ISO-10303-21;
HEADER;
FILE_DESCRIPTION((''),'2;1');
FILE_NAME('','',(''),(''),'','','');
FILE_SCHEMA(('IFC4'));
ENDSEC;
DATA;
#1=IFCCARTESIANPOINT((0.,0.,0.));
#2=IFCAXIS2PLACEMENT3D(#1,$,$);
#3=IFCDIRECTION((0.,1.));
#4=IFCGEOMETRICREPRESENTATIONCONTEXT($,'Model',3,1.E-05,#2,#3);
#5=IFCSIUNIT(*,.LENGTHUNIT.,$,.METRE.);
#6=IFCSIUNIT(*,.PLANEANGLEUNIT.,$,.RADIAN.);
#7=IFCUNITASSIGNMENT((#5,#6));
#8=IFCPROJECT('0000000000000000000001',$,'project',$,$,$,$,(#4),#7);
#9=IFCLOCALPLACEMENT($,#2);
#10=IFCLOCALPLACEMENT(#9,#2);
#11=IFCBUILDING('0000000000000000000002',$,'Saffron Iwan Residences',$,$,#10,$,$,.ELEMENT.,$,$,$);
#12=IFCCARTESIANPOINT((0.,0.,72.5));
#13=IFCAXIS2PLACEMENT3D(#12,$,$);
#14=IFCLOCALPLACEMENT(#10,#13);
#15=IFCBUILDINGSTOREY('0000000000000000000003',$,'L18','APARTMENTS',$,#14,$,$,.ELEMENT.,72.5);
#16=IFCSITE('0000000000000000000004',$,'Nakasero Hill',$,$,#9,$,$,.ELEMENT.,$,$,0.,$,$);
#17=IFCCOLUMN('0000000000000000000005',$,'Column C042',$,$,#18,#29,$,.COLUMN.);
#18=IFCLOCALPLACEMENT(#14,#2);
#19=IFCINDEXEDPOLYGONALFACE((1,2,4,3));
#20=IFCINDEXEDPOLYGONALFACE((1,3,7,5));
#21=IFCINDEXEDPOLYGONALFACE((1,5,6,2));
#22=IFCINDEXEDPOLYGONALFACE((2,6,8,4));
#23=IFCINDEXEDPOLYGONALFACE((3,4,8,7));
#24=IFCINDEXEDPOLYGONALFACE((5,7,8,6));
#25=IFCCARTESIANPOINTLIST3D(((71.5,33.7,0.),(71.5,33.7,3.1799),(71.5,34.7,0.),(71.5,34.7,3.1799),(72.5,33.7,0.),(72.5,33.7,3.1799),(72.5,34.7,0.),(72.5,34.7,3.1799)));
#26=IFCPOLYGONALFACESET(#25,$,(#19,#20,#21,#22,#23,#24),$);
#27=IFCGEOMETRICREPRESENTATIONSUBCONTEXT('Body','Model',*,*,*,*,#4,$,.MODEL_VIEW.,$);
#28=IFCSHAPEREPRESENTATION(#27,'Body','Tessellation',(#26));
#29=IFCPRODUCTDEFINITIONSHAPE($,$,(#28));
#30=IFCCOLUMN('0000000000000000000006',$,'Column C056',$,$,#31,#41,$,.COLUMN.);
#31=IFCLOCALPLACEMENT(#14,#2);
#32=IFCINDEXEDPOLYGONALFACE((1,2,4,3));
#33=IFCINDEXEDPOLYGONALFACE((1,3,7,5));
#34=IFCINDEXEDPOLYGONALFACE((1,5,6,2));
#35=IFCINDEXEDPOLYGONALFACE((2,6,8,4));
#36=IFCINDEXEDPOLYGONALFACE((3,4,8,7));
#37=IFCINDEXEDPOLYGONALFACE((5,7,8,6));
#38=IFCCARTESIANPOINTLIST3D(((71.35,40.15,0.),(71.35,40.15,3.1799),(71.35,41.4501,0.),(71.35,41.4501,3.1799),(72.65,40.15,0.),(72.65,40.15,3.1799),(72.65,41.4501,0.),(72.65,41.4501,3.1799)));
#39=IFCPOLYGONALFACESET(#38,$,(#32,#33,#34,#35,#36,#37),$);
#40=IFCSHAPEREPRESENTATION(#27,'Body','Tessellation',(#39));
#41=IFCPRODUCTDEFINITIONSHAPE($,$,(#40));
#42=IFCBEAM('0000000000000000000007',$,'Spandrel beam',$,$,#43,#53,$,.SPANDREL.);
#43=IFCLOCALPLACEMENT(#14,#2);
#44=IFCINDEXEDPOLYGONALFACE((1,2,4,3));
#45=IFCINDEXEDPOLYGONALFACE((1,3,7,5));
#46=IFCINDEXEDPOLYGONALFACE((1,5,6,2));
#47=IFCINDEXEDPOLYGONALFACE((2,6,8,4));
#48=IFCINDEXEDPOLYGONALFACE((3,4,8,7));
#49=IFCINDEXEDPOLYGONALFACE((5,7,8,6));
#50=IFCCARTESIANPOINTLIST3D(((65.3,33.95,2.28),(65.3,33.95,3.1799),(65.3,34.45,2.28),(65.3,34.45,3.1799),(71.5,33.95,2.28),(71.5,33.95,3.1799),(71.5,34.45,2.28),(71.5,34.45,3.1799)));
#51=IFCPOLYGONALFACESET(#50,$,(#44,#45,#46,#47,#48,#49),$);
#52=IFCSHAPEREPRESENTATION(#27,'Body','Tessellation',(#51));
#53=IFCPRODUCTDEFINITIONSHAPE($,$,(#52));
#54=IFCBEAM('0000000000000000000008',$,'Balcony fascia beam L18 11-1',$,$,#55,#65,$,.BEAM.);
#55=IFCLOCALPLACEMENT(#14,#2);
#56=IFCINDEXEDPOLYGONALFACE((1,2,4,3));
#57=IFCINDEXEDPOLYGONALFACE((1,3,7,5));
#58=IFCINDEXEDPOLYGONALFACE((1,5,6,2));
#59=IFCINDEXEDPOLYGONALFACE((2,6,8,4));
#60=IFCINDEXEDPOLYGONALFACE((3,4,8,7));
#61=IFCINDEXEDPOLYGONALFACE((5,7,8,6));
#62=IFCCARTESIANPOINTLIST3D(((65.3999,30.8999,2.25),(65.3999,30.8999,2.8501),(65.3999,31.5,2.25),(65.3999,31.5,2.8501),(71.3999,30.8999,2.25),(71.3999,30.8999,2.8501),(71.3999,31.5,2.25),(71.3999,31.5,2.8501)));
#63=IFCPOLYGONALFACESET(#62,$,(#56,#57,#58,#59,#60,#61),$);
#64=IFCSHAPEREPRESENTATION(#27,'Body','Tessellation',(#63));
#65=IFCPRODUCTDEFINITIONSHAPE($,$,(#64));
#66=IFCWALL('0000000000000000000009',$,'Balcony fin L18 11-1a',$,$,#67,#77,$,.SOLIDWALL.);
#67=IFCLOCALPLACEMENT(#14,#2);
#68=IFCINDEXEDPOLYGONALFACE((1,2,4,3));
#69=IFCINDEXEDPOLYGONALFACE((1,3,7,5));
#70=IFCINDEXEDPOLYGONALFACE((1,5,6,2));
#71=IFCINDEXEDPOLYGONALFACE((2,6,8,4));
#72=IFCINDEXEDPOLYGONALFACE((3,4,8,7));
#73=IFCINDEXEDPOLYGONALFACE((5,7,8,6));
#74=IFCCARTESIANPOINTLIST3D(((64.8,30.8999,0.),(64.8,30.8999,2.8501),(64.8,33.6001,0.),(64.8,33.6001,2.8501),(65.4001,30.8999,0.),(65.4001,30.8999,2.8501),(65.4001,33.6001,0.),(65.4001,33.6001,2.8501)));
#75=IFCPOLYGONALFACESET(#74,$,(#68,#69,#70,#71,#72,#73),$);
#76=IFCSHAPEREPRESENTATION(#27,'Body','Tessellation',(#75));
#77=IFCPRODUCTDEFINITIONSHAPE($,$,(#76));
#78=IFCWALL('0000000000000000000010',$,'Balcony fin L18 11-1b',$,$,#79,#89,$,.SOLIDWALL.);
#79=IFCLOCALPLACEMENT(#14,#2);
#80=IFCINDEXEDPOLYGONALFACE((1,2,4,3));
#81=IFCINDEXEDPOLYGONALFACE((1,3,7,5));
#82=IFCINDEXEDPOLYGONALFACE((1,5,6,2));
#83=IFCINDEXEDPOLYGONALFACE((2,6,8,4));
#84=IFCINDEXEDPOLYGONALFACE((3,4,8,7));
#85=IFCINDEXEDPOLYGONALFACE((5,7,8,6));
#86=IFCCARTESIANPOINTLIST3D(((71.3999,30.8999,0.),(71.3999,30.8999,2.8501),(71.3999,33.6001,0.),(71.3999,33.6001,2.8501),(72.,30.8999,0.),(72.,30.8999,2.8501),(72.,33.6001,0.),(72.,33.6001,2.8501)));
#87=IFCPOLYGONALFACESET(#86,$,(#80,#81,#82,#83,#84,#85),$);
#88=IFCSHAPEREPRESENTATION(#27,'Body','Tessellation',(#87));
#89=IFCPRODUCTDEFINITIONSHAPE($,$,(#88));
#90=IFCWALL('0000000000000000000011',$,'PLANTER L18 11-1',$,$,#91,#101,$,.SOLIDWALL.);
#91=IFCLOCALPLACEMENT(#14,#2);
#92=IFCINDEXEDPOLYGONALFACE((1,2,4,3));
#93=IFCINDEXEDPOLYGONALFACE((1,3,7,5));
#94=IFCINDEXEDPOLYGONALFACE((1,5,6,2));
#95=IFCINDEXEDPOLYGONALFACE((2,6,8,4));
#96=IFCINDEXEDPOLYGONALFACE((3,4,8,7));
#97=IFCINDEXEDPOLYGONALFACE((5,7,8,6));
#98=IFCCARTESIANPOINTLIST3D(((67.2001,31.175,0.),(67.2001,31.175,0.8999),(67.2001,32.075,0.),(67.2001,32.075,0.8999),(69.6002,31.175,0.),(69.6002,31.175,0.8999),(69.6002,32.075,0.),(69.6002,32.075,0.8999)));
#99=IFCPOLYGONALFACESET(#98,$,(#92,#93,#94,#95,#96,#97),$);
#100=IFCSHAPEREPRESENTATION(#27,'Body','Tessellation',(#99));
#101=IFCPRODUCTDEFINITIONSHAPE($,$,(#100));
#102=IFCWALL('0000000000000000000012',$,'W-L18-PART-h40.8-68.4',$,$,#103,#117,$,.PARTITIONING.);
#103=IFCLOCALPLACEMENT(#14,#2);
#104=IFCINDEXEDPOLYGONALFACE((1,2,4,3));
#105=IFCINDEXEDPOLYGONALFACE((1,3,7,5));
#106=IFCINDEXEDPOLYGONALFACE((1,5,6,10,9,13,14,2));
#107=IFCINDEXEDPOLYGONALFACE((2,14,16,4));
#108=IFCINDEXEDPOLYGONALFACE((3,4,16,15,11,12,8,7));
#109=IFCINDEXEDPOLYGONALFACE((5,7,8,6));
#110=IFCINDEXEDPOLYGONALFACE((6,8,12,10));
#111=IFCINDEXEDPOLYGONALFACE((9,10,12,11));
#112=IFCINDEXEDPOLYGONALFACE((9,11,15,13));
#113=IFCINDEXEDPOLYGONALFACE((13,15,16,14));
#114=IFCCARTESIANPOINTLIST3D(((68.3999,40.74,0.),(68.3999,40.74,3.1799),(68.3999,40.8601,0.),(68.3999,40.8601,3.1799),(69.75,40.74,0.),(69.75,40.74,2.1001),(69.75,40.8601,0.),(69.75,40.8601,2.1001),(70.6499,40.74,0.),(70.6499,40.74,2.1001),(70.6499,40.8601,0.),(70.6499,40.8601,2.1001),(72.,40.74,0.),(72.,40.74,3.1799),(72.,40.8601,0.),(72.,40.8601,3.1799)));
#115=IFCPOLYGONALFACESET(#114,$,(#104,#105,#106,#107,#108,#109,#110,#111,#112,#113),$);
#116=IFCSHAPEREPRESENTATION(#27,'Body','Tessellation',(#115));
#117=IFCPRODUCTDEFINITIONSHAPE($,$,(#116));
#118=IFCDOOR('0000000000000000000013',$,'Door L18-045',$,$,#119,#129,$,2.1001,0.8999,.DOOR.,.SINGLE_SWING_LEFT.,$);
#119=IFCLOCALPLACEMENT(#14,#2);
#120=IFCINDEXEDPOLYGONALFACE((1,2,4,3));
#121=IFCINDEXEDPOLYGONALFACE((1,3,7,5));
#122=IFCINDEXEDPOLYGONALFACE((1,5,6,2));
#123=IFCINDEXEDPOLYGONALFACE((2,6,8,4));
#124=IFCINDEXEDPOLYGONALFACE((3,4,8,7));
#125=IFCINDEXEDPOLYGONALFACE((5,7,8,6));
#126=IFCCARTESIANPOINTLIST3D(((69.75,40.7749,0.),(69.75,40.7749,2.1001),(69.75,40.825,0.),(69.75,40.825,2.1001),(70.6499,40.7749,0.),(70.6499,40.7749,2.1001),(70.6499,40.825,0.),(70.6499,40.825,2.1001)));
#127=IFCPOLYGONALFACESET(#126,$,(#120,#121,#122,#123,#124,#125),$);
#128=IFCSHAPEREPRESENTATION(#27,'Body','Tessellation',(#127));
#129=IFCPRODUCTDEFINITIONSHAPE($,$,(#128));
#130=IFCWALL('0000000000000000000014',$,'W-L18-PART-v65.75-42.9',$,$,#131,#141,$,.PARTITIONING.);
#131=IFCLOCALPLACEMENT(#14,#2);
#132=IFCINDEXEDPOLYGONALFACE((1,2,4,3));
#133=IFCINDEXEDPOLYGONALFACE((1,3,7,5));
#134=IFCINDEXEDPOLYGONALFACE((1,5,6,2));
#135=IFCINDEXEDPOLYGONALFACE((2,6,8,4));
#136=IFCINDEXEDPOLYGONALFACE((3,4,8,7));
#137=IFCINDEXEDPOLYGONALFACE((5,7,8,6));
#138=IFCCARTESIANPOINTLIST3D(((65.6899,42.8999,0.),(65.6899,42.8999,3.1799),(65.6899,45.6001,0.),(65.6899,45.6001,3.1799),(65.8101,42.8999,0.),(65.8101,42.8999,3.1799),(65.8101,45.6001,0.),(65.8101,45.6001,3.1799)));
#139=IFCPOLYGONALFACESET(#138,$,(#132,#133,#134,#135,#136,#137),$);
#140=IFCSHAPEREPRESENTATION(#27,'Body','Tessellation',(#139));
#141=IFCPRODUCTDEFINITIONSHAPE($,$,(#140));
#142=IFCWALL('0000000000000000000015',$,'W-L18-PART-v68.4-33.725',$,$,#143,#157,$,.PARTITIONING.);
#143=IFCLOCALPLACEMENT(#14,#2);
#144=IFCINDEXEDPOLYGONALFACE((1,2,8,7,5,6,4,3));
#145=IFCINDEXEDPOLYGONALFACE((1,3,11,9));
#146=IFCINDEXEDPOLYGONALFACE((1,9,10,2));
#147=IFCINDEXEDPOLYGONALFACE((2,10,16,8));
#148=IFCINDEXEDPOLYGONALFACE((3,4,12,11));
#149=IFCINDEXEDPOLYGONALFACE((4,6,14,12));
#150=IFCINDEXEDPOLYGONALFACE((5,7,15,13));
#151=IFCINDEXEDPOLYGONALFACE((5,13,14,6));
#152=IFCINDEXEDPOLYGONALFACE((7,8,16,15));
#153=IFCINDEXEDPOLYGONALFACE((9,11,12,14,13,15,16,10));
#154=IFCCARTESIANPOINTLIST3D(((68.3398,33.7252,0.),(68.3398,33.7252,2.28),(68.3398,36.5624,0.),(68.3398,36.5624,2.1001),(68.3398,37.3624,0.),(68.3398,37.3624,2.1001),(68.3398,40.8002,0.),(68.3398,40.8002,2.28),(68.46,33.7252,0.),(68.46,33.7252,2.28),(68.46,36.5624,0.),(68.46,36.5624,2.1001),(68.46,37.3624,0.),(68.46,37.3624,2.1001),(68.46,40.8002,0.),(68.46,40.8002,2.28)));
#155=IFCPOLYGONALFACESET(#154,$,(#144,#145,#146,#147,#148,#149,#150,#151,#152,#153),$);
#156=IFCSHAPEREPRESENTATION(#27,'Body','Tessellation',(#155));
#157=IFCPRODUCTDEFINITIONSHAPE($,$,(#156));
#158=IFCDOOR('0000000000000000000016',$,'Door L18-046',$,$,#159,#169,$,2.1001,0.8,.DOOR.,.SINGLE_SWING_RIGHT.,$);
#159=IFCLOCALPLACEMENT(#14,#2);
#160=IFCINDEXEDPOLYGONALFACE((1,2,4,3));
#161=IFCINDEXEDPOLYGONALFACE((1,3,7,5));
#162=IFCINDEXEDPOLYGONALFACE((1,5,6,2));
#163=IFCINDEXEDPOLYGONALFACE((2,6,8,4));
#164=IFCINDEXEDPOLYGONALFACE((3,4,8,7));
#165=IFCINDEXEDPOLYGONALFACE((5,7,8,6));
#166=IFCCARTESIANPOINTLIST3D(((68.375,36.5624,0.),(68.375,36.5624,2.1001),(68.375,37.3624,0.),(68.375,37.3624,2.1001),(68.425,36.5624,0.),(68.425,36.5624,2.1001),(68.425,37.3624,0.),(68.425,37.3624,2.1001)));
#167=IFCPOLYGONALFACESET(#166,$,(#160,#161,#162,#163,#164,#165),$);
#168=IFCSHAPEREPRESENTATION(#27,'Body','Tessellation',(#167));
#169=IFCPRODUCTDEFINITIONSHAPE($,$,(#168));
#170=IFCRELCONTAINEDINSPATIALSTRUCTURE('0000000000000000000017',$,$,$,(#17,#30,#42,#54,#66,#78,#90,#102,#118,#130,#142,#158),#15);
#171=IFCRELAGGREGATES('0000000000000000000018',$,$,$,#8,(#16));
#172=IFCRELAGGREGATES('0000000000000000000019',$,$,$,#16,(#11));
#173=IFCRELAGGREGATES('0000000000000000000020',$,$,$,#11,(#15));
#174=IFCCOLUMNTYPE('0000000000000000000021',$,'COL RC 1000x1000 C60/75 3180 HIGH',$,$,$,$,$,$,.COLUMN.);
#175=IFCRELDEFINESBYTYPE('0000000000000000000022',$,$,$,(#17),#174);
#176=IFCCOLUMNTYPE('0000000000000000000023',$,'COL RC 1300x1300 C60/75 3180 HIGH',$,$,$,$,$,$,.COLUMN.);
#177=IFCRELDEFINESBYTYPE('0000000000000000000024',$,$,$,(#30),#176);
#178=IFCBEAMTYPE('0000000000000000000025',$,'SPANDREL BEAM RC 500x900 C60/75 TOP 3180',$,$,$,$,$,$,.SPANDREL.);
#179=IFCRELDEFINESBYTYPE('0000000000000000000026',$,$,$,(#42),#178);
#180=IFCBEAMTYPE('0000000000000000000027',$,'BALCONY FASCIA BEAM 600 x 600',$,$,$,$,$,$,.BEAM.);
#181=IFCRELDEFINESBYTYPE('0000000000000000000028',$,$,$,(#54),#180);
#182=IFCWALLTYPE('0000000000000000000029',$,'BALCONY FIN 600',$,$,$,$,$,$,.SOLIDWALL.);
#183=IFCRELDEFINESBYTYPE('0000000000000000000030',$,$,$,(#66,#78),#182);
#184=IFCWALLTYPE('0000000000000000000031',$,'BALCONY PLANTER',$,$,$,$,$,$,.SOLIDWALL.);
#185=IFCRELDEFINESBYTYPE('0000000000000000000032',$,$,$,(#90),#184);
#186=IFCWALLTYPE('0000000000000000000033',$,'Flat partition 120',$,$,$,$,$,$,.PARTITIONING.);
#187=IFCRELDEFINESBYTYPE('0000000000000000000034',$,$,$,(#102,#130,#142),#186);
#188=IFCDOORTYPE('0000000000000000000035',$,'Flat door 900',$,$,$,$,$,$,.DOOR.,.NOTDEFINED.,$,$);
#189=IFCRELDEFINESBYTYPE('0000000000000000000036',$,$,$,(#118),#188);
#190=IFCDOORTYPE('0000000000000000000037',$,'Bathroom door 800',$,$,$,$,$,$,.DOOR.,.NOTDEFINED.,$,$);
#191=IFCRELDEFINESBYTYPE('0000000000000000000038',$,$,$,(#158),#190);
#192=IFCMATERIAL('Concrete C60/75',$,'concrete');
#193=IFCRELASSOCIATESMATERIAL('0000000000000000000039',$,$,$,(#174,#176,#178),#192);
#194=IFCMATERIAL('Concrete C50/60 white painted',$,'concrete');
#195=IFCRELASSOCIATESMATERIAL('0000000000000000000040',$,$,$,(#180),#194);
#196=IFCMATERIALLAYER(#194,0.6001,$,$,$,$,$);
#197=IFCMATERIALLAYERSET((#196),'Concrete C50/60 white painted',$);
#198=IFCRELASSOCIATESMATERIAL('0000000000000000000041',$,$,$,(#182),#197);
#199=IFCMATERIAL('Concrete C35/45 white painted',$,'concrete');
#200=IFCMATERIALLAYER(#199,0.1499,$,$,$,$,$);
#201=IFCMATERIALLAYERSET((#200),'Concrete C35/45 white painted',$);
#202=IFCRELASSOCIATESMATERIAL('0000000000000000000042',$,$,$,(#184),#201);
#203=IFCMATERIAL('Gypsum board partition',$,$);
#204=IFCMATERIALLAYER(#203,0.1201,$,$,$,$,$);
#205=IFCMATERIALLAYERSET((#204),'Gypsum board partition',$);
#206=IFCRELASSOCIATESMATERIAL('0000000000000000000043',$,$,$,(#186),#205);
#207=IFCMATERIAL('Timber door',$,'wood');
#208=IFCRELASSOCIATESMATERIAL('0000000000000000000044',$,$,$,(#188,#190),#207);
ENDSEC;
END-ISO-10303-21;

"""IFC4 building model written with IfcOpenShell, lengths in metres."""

from ifc_helpers import new_model, si_unit, direction, frame, frame_2d, origin, origin_2d, place, context, subcontext, project, spatial, rectangle, extrude, source, transform, mapped, material, layer, layer_set, material_profile, profile_set, type_object, element, fill, save


model = new_model("IFC4")

# Units and contexts
model_context = context("Model", 3, precision=1e-05, world=origin(), true_north=direction((0.0, 1.0)))
body_context = subcontext(model_context, "Body", "Model", "MODEL_VIEW")
ifc_project = project(units=[si_unit("LENGTHUNIT", "METRE"), si_unit("PLANEANGLEUNIT", "RADIAN")], contexts=[model_context])

# Site, building, storey
site_placement = place(None, origin())
site = spatial("IfcSite", under=ifc_project, at=site_placement, Name="Nakasero Hill", CompositionType="ELEMENT", RefElevation=0.0)
building_placement = place(site_placement, origin())
building = spatial("IfcBuilding", under=site, at=building_placement, Name="Saffron Iwan Residences", CompositionType="ELEMENT")
storey_placement = place(building_placement, frame((0.0, 0.0, 72.5)))
storey = spatial("IfcBuildingStorey", under=building, at=storey_placement, Name="L18", Description="APARTMENTS", CompositionType="ELEMENT", Elevation=72.5)

# Columns
ifc_material_1 = material(Name="Concrete C60/75", Category="concrete")
ifc_material_profile_1 = material_profile(ifc_material_1, rectangle(XDim=1.0, YDim=1.0, at=origin_2d()), Name="RC 1000x1000")
ifc_profile_set_1 = profile_set([ifc_material_profile_1], Name="Concrete C60/75")
column_type_1 = type_object("IfcColumnType", Name="COL RC 1000x1000 C60/75 3180 HIGH", PredefinedType="COLUMN", material=ifc_profile_set_1)
shared_shape_1 = source(origin(), body_context, "Body", "SweptSolid", [
    extrude(rectangle(XDim=1.0, YDim=1.0, at=origin_2d()), origin(), (0.0, 0.0, 1.0), 3.1799),
])
column_1_placement = place(storey_placement, frame((72.0, 34.2, 0.0), z_axis=(0.0, 0.0, 1.0), x_axis=(1.0, 0.0, 0.0)))
element("IfcColumn", 1, at=column_1_placement, inside=storey, type_object=column_type_1, Name="Column C042", PredefinedType="COLUMN", context=body_context, shape_type="MappedRepresentation", body=[
    mapped(shared_shape_1, transform((0.0, 0.0, 0.0))),
])
ifc_material_profile_2 = material_profile(ifc_material_1, rectangle(XDim=1.3, YDim=1.3, at=origin_2d()), Name="RC 1300x1300")
ifc_profile_set_2 = profile_set([ifc_material_profile_2], Name="Concrete C60/75")
column_type_2 = type_object("IfcColumnType", Name="COL RC 1300x1300 C60/75 3180 HIGH", PredefinedType="COLUMN", material=ifc_profile_set_2)
shared_shape_2 = source(origin(), body_context, "Body", "SweptSolid", [
    extrude(rectangle(XDim=1.3, YDim=1.3, at=origin_2d()), origin(), (0.0, 0.0, 1.0), 3.1799),
])
column_2_placement = place(storey_placement, frame((72.0, 40.8, 0.0), z_axis=(0.0, 0.0, 1.0), x_axis=(1.0, 0.0, 0.0)))
element("IfcColumn", 2, at=column_2_placement, inside=storey, type_object=column_type_2, Name="Column C056", PredefinedType="COLUMN", context=body_context, shape_type="MappedRepresentation", body=[
    mapped(shared_shape_2, transform((0.0, 0.0, 0.0))),
])

# Beams
ifc_material_profile_3 = material_profile(ifc_material_1, rectangle(XDim=0.5, YDim=0.8999, at=origin_2d()), Name="RC 500x900")
ifc_profile_set_3 = profile_set([ifc_material_profile_3], Name="Concrete C60/75")
beam_type_1 = type_object("IfcBeamType", Name="SPANDREL BEAM RC 500x900 C60/75 TOP 3180", PredefinedType="SPANDREL", material=ifc_profile_set_3)
shared_shape_3 = source(origin(), body_context, "Body", "SweptSolid", [
    extrude(rectangle(XDim=0.5, YDim=0.8999, at=origin_2d()), origin(), (0.0, 0.0, 1.0), 6.2),
])
beam_1_placement = place(storey_placement, frame((71.5, 34.2, 2.73), z_axis=(-1.0, 0.0, 0.0), x_axis=(0.0, -1.0, 0.0)))
element("IfcBeam", 3, at=beam_1_placement, inside=storey, type_object=beam_type_1, Name="Spandrel beam", PredefinedType="SPANDREL", context=body_context, shape_type="MappedRepresentation", body=[
    mapped(shared_shape_3, transform((0.0, 0.0, 0.0))),
])
ifc_material_2 = material(Name="Concrete C50/60 white painted", Category="concrete")
ifc_material_profile_4 = material_profile(ifc_material_2, rectangle(XDim=0.6001, YDim=0.6001, at=origin_2d()), Name="BALCONY FASCIA BEAM 600 x 600")
ifc_profile_set_4 = profile_set([ifc_material_profile_4], Name="Concrete C50/60 white painted")
beam_type_2 = type_object("IfcBeamType", Name="BALCONY FASCIA BEAM 600 x 600", PredefinedType="BEAM", material=ifc_profile_set_4)
shared_shape_4 = source(origin(), body_context, "Body", "SweptSolid", [
    extrude(rectangle(XDim=0.6001, YDim=0.6001, at=origin_2d()), origin(), (0.0, 0.0, 1.0), 6.0),
])
beam_2_placement = place(storey_placement, frame((65.3999, 31.2, 2.55), z_axis=(1.0, 0.0, 0.0), x_axis=(0.0, 1.0, 0.0)))
element("IfcBeam", 4, at=beam_2_placement, inside=storey, type_object=beam_type_2, Name="Balcony fascia beam L18 11-1", PredefinedType="BEAM", context=body_context, shape_type="MappedRepresentation", body=[
    mapped(shared_shape_4, transform((0.0, 0.0, 0.0))),
])

# Walls
ifc_layer_1 = layer(ifc_material_2, 0.6001)
ifc_layer_set_1 = layer_set([ifc_layer_1], Name="Concrete C50/60 white painted")
wall_type_1 = type_object("IfcWallType", Name="BALCONY FIN 600", PredefinedType="SOLIDWALL", material=ifc_layer_set_1)
for number, where, z_axis, x_axis, name in (
    (5, (65.1001, 33.6001, 0.0), (0.0, 0.0, 1.0), (0.0, -1.0, 0.0), "Balcony fin L18 11-1a"),
    (6, (71.7, 33.6001, 0.0), (0.0, 0.0, 1.0), (0.0, -1.0, 0.0), "Balcony fin L18 11-1b"),
):
    element("IfcWall", number, at=place(storey_placement, frame(where, z_axis=z_axis, x_axis=x_axis)), inside=storey, type_object=wall_type_1, Name=name, PredefinedType="SOLIDWALL", context=body_context, shape_type="SweptSolid", body=[
        extrude(rectangle(XDim=2.7002, YDim=0.6001, at=frame_2d((1.3501, 0.0))), origin(), (0.0, 0.0, 1.0), 2.8501),
    ])
ifc_material_3 = material(Name="Concrete C35/45 white painted", Category="concrete")
ifc_layer_2 = layer(ifc_material_3, 0.1499)
ifc_layer_set_2 = layer_set([ifc_layer_2], Name="Concrete C35/45 white painted")
wall_type_2 = type_object("IfcWallType", Name="BALCONY PLANTER", PredefinedType="SOLIDWALL", material=ifc_layer_set_2)
wall_1_placement = place(storey_placement, frame((67.2, 31.625, 0.0), z_axis=(0.0, 0.0, 1.0), x_axis=(1.0, 0.0, 0.0)))
element("IfcWall", 7, at=wall_1_placement, inside=storey, type_object=wall_type_2, Name="PLANTER L18 11-1", PredefinedType="SOLIDWALL", context=body_context, shape_type="SweptSolid", body=[
    extrude(rectangle(XDim=2.4001, YDim=0.8999, at=frame_2d((1.2002, 0.0))), origin(), (0.0, 0.0, 1.0), 0.8999),
])

# Wall, opening, door
ifc_material_4 = material(Name="Gypsum board partition")
ifc_layer_3 = layer(ifc_material_4, 0.1201)
ifc_layer_set_3 = layer_set([ifc_layer_3], Name="Gypsum board partition")
wall_type_3 = type_object("IfcWallType", Name="Flat partition 120", PredefinedType="PARTITIONING", material=ifc_layer_set_3)
wall_2_placement = place(storey_placement, frame((68.3999, 40.8, 0.0), z_axis=(0.0, 0.0, 1.0), x_axis=(1.0, 0.0, 0.0)))
wall_2 = element("IfcWall", 8, at=wall_2_placement, inside=storey, type_object=wall_type_3, Name="W-L18-PART-h40.8-68.4", PredefinedType="PARTITIONING", context=body_context, shape_type="SweptSolid", body=[
    extrude(rectangle(XDim=3.6001, YDim=0.1201, at=frame_2d((1.8, 0.0))), origin(), (0.0, 0.0, 1.0), 3.1799),
])
opening_1_placement = place(wall_2_placement, frame((1.3501, 0.0, 0.0)))
opening_1 = element("IfcOpeningElement", 9, at=opening_1_placement, cuts=wall_2, PredefinedType="OPENING", context=body_context, shape_type="SweptSolid", body=[
    extrude(rectangle(XDim=0.8999, YDim=2.1001, at=frame_2d((0.45, 1.05))), frame((0.0, 0.0701, 0.0), z_axis=(0.0, -1.0, 0.0), x_axis=(1.0, 0.0, 0.0)), (0.0, 0.0, 1.0), 0.1401),
])
ifc_material_5 = material(Name="Timber door", Category="wood")
door_type_1 = type_object("IfcDoorType", Name="Flat door 900", OperationType="NOTDEFINED", PredefinedType="DOOR", material=ifc_material_5)
door_1_placement = place(opening_1_placement, origin())
door_1 = element("IfcDoor", 10, at=door_1_placement, inside=storey, type_object=door_type_1, Name="Door L18-045", OperationType="SINGLE_SWING_LEFT", OverallHeight=2.1001, OverallWidth=0.8999, PredefinedType="DOOR", context=body_context, shape_type="SweptSolid", body=[
    extrude(rectangle(XDim=0.8999, YDim=2.1001, at=frame_2d((0.45, 1.05))), frame((0.0, 0.0249, 0.0), z_axis=(0.0, -1.0, 0.0), x_axis=(1.0, 0.0, 0.0)), (0.0, 0.0, 1.0), 0.05),
])
fill(opening_1, door_1)

# Wall
wall_3_placement = place(storey_placement, frame((65.75, 42.8999, 0.0), z_axis=(0.0, 0.0, 1.0), x_axis=(0.0, 1.0, 0.0)))
element("IfcWall", 11, at=wall_3_placement, inside=storey, type_object=wall_type_3, Name="W-L18-PART-v65.75-42.9", PredefinedType="PARTITIONING", context=body_context, shape_type="SweptSolid", body=[
    extrude(rectangle(XDim=2.7002, YDim=0.1201, at=frame_2d((1.3501, 0.0))), origin(), (0.0, 0.0, 1.0), 3.1799),
])

# Wall, opening, door
wall_4_placement = place(storey_placement, frame((68.3999, 33.7251, 0.0), z_axis=(0.0, 0.0, 1.0), x_axis=(0.0, 1.0, 0.0)))
wall_4 = element("IfcWall", 12, at=wall_4_placement, inside=storey, type_object=wall_type_3, Name="W-L18-PART-v68.4-33.725", PredefinedType="PARTITIONING", context=body_context, shape_type="SweptSolid", body=[
    extrude(rectangle(XDim=7.075, YDim=0.1201, at=frame_2d((3.5376, 0.0))), origin(), (0.0, 0.0, 1.0), 2.28),
])
opening_2_placement = place(wall_4_placement, frame((2.8374, 0.0, 0.0)))
opening_2 = element("IfcOpeningElement", 13, at=opening_2_placement, cuts=wall_4, PredefinedType="OPENING", context=body_context, shape_type="SweptSolid", body=[
    extrude(rectangle(XDim=0.8, YDim=2.1001, at=frame_2d((0.3999, 1.05))), frame((0.0, 0.0701, 0.0), z_axis=(0.0, -1.0, 0.0), x_axis=(1.0, 0.0, 0.0)), (0.0, 0.0, 1.0), 0.1401),
])
door_type_2 = type_object("IfcDoorType", Name="Bathroom door 800", OperationType="NOTDEFINED", PredefinedType="DOOR", material=ifc_material_5)
door_2_placement = place(opening_2_placement, origin())
door_2 = element("IfcDoor", 14, at=door_2_placement, inside=storey, type_object=door_type_2, Name="Door L18-046", OperationType="SINGLE_SWING_RIGHT", OverallHeight=2.1001, OverallWidth=0.8, PredefinedType="DOOR", context=body_context, shape_type="SweptSolid", body=[
    extrude(rectangle(XDim=0.8, YDim=2.1001, at=frame_2d((0.3999, 1.05))), frame((0.0, 0.0249, 0.0), z_axis=(0.0, -1.0, 0.0), x_axis=(1.0, 0.0, 0.0)), (0.0, 0.0, 1.0), 0.05),
])
fill(opening_2, door_2)

save(model, "model.ifc")
